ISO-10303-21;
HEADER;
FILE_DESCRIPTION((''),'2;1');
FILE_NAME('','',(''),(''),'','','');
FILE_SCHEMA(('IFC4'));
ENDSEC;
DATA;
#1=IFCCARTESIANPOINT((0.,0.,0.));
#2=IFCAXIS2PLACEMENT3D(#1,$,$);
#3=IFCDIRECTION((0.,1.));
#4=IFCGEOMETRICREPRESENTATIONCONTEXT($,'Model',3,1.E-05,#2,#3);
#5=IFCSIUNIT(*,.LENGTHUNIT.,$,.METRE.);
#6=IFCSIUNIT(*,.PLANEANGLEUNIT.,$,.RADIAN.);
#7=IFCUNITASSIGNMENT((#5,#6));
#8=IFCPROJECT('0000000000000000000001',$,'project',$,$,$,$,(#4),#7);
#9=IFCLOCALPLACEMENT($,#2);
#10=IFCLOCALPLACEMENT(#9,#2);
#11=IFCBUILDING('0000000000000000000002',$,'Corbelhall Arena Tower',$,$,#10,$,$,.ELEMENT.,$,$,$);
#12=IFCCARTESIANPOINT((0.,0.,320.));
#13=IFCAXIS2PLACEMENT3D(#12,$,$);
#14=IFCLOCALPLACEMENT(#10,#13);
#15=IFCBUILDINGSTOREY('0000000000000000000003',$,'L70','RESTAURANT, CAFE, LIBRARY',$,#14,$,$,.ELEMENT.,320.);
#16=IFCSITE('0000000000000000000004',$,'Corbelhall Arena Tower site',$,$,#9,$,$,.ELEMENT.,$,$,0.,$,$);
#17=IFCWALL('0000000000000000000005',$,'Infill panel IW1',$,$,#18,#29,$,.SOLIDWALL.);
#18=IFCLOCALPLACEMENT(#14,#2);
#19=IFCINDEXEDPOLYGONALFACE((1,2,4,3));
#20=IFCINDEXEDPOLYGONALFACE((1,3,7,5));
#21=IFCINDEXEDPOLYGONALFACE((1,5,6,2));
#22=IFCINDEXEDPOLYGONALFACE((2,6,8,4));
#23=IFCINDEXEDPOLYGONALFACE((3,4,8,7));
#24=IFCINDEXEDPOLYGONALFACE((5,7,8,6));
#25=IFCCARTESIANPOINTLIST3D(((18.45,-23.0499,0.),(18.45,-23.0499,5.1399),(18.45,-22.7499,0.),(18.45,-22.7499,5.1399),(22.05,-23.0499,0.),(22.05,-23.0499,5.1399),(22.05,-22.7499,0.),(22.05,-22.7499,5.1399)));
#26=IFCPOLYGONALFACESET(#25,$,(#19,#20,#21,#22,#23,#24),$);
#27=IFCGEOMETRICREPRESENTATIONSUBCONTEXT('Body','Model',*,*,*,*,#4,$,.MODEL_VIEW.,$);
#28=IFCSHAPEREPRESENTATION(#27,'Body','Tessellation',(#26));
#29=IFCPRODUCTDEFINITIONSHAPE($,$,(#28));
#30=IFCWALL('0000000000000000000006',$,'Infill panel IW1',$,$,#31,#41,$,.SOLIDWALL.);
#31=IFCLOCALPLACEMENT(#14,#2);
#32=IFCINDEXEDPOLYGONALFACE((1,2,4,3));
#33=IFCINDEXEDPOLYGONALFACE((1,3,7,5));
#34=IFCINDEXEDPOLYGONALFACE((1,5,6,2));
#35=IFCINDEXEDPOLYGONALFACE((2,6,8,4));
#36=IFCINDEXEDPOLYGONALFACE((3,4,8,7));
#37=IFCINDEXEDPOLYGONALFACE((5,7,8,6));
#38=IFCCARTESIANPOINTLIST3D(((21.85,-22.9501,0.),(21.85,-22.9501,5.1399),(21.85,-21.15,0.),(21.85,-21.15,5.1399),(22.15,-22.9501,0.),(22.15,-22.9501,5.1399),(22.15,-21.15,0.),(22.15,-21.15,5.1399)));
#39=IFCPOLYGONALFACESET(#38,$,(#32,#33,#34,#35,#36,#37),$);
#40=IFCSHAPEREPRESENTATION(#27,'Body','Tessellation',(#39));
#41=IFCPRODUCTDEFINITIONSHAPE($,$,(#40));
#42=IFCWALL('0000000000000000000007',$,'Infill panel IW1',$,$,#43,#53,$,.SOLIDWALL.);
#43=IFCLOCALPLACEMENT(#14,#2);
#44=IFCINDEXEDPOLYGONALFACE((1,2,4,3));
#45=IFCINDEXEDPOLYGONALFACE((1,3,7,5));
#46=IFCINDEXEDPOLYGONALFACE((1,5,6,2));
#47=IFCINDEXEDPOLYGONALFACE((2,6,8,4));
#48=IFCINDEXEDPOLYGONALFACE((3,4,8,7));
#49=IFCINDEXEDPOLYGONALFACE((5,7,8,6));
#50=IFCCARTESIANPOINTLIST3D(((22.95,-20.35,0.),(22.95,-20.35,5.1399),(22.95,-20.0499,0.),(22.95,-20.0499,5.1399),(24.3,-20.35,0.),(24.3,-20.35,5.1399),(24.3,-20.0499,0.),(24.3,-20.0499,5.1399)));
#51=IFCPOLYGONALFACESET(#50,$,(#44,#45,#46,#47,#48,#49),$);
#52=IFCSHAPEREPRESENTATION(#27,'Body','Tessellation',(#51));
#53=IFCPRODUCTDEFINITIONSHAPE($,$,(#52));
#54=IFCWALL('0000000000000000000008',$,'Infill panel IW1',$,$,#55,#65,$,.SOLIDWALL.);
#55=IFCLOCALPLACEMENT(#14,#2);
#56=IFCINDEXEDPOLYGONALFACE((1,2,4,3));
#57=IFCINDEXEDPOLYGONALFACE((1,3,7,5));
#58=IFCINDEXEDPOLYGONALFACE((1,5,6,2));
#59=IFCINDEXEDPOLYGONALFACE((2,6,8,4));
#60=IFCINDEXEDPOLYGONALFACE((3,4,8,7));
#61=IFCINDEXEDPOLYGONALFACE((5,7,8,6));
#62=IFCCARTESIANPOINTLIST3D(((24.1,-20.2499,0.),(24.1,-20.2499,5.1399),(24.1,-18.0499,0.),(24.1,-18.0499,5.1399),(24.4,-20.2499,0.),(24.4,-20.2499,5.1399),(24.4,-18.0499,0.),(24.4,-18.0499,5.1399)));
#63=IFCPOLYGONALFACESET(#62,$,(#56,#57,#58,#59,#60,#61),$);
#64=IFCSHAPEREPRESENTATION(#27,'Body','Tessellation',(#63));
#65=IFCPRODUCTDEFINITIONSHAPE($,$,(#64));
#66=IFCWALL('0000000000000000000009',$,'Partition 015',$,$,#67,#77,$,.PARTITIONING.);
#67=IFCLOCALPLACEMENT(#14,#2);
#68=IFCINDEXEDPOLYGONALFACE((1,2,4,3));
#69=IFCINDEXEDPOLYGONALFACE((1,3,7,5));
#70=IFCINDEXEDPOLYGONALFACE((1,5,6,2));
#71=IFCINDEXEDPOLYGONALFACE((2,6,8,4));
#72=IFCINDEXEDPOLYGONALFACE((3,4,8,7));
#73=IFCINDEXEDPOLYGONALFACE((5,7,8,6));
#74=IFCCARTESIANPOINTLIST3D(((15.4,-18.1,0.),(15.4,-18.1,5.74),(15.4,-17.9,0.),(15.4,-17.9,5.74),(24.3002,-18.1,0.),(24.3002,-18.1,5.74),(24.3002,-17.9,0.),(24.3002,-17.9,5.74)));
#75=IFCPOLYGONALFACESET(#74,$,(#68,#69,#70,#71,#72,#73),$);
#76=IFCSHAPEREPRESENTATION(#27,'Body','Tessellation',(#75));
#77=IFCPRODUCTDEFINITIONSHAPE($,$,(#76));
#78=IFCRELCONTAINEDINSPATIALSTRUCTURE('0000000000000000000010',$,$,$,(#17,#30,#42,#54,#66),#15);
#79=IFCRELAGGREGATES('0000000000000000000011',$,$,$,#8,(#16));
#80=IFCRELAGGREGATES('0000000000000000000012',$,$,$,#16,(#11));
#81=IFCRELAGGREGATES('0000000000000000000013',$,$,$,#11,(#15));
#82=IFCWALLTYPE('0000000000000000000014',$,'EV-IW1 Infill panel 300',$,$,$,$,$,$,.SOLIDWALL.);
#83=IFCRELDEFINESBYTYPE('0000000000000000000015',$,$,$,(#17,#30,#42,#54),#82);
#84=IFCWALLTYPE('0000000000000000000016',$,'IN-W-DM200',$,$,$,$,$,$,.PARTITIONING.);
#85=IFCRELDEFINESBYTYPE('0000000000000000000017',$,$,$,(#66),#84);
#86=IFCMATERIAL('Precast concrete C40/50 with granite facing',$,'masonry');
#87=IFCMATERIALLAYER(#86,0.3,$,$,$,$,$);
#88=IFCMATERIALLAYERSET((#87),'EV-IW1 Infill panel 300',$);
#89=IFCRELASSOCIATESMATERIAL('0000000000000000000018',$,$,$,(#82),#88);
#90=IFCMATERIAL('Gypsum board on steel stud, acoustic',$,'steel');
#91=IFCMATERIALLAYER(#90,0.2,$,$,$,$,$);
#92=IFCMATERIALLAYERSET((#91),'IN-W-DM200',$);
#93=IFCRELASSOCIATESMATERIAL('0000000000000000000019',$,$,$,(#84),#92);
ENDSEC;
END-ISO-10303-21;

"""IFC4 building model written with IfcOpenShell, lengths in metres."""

from ifc_helpers import new_model, si_unit, direction, frame, frame_2d, origin, place, context, subcontext, project, spatial, rectangle, extrude, material, layer, layer_set, type_object, element, save


model = new_model("IFC4")

# Units and contexts
model_context = context("Model", 3, precision=1e-05, world=origin(), true_north=direction((0.0, 1.0)))
body_context = subcontext(model_context, "Body", "Model", "MODEL_VIEW")
ifc_project = project(units=[si_unit("LENGTHUNIT", "METRE"), si_unit("PLANEANGLEUNIT", "RADIAN")], contexts=[model_context])

# Site, building, storey
site_placement = place(None, origin())
site = spatial("IfcSite", under=ifc_project, at=site_placement, Name="Corbelhall Arena Tower site", CompositionType="ELEMENT", RefElevation=0.0)
building_placement = place(site_placement, origin())
building = spatial("IfcBuilding", under=site, at=building_placement, Name="Corbelhall Arena Tower", CompositionType="ELEMENT")
storey_placement = place(building_placement, frame((0.0, 0.0, 320.0)))
storey = spatial("IfcBuildingStorey", under=building, at=storey_placement, Name="L70", Description="RESTAURANT, CAFE, LIBRARY", CompositionType="ELEMENT", Elevation=320.0)

# Walls
ifc_material_1 = material(Name="Precast concrete C40/50 with granite facing", Category="masonry")
ifc_layer_1 = layer(ifc_material_1, 0.3)
ifc_layer_set_1 = layer_set([ifc_layer_1], Name="EV-IW1 Infill panel 300")
wall_type_1 = type_object("IfcWallType", Name="EV-IW1 Infill panel 300", PredefinedType="SOLIDWALL", material=ifc_layer_set_1)
wall_1_placement = place(storey_placement, frame((18.45, -22.8999, 0.0), z_axis=(0.0, 0.0, 1.0), x_axis=(1.0, 0.0, 0.0)))
element("IfcWall", 1, at=wall_1_placement, inside=storey, type_object=wall_type_1, Name="Infill panel IW1", PredefinedType="SOLIDWALL", context=body_context, shape_type="SweptSolid", body=[
    extrude(rectangle(XDim=3.6001, YDim=0.3, at=frame_2d((1.8, 0.0))), origin(), (0.0, 0.0, 1.0), 5.1399),
])
wall_2_placement = place(storey_placement, frame((22.0, -22.95, 0.0), z_axis=(0.0, 0.0, 1.0), x_axis=(0.0, 1.0, 0.0)))
element("IfcWall", 2, at=wall_2_placement, inside=storey, type_object=wall_type_1, Name="Infill panel IW1", PredefinedType="SOLIDWALL", context=body_context, shape_type="SweptSolid", body=[
    extrude(rectangle(XDim=1.8, YDim=0.3, at=frame_2d((0.8999, 0.0))), origin(), (0.0, 0.0, 1.0), 5.1399),
])
wall_3_placement = place(storey_placement, frame((22.95, -20.2, 0.0), z_axis=(0.0, 0.0, 1.0), x_axis=(1.0, 0.0, 0.0)))
element("IfcWall", 3, at=wall_3_placement, inside=storey, type_object=wall_type_1, Name="Infill panel IW1", PredefinedType="SOLIDWALL", context=body_context, shape_type="SweptSolid", body=[
    extrude(rectangle(XDim=1.3501, YDim=0.3, at=frame_2d((0.675, 0.0))), origin(), (0.0, 0.0, 1.0), 5.1399),
])
wall_4_placement = place(storey_placement, frame((24.25, -20.25, 0.0), z_axis=(0.0, 0.0, 1.0), x_axis=(0.0, 1.0, 0.0)))
element("IfcWall", 4, at=wall_4_placement, inside=storey, type_object=wall_type_1, Name="Infill panel IW1", PredefinedType="SOLIDWALL", context=body_context, shape_type="SweptSolid", body=[
    extrude(rectangle(XDim=2.2, YDim=0.3, at=frame_2d((1.1001, 0.0))), origin(), (0.0, 0.0, 1.0), 5.1399),
])
ifc_material_2 = material(Name="Gypsum board on steel stud, acoustic", Category="steel")
ifc_layer_2 = layer(ifc_material_2, 0.2)
ifc_layer_set_2 = layer_set([ifc_layer_2], Name="IN-W-DM200")
wall_type_2 = type_object("IfcWallType", Name="IN-W-DM200", PredefinedType="PARTITIONING", material=ifc_layer_set_2)
wall_5_placement = place(storey_placement, frame((15.3999, -18.0, 0.0), z_axis=(0.0, 0.0, 1.0), x_axis=(1.0, 0.0, 0.0)))
element("IfcWall", 5, at=wall_5_placement, inside=storey, type_object=wall_type_2, Name="Partition 015", PredefinedType="PARTITIONING", context=body_context, shape_type="SweptSolid", body=[
    extrude(rectangle(XDim=8.9001, YDim=0.2, at=frame_2d((4.4502, 0.0))), origin(), (0.0, 0.0, 1.0), 5.74),
])

save(model, "model.ifc")
